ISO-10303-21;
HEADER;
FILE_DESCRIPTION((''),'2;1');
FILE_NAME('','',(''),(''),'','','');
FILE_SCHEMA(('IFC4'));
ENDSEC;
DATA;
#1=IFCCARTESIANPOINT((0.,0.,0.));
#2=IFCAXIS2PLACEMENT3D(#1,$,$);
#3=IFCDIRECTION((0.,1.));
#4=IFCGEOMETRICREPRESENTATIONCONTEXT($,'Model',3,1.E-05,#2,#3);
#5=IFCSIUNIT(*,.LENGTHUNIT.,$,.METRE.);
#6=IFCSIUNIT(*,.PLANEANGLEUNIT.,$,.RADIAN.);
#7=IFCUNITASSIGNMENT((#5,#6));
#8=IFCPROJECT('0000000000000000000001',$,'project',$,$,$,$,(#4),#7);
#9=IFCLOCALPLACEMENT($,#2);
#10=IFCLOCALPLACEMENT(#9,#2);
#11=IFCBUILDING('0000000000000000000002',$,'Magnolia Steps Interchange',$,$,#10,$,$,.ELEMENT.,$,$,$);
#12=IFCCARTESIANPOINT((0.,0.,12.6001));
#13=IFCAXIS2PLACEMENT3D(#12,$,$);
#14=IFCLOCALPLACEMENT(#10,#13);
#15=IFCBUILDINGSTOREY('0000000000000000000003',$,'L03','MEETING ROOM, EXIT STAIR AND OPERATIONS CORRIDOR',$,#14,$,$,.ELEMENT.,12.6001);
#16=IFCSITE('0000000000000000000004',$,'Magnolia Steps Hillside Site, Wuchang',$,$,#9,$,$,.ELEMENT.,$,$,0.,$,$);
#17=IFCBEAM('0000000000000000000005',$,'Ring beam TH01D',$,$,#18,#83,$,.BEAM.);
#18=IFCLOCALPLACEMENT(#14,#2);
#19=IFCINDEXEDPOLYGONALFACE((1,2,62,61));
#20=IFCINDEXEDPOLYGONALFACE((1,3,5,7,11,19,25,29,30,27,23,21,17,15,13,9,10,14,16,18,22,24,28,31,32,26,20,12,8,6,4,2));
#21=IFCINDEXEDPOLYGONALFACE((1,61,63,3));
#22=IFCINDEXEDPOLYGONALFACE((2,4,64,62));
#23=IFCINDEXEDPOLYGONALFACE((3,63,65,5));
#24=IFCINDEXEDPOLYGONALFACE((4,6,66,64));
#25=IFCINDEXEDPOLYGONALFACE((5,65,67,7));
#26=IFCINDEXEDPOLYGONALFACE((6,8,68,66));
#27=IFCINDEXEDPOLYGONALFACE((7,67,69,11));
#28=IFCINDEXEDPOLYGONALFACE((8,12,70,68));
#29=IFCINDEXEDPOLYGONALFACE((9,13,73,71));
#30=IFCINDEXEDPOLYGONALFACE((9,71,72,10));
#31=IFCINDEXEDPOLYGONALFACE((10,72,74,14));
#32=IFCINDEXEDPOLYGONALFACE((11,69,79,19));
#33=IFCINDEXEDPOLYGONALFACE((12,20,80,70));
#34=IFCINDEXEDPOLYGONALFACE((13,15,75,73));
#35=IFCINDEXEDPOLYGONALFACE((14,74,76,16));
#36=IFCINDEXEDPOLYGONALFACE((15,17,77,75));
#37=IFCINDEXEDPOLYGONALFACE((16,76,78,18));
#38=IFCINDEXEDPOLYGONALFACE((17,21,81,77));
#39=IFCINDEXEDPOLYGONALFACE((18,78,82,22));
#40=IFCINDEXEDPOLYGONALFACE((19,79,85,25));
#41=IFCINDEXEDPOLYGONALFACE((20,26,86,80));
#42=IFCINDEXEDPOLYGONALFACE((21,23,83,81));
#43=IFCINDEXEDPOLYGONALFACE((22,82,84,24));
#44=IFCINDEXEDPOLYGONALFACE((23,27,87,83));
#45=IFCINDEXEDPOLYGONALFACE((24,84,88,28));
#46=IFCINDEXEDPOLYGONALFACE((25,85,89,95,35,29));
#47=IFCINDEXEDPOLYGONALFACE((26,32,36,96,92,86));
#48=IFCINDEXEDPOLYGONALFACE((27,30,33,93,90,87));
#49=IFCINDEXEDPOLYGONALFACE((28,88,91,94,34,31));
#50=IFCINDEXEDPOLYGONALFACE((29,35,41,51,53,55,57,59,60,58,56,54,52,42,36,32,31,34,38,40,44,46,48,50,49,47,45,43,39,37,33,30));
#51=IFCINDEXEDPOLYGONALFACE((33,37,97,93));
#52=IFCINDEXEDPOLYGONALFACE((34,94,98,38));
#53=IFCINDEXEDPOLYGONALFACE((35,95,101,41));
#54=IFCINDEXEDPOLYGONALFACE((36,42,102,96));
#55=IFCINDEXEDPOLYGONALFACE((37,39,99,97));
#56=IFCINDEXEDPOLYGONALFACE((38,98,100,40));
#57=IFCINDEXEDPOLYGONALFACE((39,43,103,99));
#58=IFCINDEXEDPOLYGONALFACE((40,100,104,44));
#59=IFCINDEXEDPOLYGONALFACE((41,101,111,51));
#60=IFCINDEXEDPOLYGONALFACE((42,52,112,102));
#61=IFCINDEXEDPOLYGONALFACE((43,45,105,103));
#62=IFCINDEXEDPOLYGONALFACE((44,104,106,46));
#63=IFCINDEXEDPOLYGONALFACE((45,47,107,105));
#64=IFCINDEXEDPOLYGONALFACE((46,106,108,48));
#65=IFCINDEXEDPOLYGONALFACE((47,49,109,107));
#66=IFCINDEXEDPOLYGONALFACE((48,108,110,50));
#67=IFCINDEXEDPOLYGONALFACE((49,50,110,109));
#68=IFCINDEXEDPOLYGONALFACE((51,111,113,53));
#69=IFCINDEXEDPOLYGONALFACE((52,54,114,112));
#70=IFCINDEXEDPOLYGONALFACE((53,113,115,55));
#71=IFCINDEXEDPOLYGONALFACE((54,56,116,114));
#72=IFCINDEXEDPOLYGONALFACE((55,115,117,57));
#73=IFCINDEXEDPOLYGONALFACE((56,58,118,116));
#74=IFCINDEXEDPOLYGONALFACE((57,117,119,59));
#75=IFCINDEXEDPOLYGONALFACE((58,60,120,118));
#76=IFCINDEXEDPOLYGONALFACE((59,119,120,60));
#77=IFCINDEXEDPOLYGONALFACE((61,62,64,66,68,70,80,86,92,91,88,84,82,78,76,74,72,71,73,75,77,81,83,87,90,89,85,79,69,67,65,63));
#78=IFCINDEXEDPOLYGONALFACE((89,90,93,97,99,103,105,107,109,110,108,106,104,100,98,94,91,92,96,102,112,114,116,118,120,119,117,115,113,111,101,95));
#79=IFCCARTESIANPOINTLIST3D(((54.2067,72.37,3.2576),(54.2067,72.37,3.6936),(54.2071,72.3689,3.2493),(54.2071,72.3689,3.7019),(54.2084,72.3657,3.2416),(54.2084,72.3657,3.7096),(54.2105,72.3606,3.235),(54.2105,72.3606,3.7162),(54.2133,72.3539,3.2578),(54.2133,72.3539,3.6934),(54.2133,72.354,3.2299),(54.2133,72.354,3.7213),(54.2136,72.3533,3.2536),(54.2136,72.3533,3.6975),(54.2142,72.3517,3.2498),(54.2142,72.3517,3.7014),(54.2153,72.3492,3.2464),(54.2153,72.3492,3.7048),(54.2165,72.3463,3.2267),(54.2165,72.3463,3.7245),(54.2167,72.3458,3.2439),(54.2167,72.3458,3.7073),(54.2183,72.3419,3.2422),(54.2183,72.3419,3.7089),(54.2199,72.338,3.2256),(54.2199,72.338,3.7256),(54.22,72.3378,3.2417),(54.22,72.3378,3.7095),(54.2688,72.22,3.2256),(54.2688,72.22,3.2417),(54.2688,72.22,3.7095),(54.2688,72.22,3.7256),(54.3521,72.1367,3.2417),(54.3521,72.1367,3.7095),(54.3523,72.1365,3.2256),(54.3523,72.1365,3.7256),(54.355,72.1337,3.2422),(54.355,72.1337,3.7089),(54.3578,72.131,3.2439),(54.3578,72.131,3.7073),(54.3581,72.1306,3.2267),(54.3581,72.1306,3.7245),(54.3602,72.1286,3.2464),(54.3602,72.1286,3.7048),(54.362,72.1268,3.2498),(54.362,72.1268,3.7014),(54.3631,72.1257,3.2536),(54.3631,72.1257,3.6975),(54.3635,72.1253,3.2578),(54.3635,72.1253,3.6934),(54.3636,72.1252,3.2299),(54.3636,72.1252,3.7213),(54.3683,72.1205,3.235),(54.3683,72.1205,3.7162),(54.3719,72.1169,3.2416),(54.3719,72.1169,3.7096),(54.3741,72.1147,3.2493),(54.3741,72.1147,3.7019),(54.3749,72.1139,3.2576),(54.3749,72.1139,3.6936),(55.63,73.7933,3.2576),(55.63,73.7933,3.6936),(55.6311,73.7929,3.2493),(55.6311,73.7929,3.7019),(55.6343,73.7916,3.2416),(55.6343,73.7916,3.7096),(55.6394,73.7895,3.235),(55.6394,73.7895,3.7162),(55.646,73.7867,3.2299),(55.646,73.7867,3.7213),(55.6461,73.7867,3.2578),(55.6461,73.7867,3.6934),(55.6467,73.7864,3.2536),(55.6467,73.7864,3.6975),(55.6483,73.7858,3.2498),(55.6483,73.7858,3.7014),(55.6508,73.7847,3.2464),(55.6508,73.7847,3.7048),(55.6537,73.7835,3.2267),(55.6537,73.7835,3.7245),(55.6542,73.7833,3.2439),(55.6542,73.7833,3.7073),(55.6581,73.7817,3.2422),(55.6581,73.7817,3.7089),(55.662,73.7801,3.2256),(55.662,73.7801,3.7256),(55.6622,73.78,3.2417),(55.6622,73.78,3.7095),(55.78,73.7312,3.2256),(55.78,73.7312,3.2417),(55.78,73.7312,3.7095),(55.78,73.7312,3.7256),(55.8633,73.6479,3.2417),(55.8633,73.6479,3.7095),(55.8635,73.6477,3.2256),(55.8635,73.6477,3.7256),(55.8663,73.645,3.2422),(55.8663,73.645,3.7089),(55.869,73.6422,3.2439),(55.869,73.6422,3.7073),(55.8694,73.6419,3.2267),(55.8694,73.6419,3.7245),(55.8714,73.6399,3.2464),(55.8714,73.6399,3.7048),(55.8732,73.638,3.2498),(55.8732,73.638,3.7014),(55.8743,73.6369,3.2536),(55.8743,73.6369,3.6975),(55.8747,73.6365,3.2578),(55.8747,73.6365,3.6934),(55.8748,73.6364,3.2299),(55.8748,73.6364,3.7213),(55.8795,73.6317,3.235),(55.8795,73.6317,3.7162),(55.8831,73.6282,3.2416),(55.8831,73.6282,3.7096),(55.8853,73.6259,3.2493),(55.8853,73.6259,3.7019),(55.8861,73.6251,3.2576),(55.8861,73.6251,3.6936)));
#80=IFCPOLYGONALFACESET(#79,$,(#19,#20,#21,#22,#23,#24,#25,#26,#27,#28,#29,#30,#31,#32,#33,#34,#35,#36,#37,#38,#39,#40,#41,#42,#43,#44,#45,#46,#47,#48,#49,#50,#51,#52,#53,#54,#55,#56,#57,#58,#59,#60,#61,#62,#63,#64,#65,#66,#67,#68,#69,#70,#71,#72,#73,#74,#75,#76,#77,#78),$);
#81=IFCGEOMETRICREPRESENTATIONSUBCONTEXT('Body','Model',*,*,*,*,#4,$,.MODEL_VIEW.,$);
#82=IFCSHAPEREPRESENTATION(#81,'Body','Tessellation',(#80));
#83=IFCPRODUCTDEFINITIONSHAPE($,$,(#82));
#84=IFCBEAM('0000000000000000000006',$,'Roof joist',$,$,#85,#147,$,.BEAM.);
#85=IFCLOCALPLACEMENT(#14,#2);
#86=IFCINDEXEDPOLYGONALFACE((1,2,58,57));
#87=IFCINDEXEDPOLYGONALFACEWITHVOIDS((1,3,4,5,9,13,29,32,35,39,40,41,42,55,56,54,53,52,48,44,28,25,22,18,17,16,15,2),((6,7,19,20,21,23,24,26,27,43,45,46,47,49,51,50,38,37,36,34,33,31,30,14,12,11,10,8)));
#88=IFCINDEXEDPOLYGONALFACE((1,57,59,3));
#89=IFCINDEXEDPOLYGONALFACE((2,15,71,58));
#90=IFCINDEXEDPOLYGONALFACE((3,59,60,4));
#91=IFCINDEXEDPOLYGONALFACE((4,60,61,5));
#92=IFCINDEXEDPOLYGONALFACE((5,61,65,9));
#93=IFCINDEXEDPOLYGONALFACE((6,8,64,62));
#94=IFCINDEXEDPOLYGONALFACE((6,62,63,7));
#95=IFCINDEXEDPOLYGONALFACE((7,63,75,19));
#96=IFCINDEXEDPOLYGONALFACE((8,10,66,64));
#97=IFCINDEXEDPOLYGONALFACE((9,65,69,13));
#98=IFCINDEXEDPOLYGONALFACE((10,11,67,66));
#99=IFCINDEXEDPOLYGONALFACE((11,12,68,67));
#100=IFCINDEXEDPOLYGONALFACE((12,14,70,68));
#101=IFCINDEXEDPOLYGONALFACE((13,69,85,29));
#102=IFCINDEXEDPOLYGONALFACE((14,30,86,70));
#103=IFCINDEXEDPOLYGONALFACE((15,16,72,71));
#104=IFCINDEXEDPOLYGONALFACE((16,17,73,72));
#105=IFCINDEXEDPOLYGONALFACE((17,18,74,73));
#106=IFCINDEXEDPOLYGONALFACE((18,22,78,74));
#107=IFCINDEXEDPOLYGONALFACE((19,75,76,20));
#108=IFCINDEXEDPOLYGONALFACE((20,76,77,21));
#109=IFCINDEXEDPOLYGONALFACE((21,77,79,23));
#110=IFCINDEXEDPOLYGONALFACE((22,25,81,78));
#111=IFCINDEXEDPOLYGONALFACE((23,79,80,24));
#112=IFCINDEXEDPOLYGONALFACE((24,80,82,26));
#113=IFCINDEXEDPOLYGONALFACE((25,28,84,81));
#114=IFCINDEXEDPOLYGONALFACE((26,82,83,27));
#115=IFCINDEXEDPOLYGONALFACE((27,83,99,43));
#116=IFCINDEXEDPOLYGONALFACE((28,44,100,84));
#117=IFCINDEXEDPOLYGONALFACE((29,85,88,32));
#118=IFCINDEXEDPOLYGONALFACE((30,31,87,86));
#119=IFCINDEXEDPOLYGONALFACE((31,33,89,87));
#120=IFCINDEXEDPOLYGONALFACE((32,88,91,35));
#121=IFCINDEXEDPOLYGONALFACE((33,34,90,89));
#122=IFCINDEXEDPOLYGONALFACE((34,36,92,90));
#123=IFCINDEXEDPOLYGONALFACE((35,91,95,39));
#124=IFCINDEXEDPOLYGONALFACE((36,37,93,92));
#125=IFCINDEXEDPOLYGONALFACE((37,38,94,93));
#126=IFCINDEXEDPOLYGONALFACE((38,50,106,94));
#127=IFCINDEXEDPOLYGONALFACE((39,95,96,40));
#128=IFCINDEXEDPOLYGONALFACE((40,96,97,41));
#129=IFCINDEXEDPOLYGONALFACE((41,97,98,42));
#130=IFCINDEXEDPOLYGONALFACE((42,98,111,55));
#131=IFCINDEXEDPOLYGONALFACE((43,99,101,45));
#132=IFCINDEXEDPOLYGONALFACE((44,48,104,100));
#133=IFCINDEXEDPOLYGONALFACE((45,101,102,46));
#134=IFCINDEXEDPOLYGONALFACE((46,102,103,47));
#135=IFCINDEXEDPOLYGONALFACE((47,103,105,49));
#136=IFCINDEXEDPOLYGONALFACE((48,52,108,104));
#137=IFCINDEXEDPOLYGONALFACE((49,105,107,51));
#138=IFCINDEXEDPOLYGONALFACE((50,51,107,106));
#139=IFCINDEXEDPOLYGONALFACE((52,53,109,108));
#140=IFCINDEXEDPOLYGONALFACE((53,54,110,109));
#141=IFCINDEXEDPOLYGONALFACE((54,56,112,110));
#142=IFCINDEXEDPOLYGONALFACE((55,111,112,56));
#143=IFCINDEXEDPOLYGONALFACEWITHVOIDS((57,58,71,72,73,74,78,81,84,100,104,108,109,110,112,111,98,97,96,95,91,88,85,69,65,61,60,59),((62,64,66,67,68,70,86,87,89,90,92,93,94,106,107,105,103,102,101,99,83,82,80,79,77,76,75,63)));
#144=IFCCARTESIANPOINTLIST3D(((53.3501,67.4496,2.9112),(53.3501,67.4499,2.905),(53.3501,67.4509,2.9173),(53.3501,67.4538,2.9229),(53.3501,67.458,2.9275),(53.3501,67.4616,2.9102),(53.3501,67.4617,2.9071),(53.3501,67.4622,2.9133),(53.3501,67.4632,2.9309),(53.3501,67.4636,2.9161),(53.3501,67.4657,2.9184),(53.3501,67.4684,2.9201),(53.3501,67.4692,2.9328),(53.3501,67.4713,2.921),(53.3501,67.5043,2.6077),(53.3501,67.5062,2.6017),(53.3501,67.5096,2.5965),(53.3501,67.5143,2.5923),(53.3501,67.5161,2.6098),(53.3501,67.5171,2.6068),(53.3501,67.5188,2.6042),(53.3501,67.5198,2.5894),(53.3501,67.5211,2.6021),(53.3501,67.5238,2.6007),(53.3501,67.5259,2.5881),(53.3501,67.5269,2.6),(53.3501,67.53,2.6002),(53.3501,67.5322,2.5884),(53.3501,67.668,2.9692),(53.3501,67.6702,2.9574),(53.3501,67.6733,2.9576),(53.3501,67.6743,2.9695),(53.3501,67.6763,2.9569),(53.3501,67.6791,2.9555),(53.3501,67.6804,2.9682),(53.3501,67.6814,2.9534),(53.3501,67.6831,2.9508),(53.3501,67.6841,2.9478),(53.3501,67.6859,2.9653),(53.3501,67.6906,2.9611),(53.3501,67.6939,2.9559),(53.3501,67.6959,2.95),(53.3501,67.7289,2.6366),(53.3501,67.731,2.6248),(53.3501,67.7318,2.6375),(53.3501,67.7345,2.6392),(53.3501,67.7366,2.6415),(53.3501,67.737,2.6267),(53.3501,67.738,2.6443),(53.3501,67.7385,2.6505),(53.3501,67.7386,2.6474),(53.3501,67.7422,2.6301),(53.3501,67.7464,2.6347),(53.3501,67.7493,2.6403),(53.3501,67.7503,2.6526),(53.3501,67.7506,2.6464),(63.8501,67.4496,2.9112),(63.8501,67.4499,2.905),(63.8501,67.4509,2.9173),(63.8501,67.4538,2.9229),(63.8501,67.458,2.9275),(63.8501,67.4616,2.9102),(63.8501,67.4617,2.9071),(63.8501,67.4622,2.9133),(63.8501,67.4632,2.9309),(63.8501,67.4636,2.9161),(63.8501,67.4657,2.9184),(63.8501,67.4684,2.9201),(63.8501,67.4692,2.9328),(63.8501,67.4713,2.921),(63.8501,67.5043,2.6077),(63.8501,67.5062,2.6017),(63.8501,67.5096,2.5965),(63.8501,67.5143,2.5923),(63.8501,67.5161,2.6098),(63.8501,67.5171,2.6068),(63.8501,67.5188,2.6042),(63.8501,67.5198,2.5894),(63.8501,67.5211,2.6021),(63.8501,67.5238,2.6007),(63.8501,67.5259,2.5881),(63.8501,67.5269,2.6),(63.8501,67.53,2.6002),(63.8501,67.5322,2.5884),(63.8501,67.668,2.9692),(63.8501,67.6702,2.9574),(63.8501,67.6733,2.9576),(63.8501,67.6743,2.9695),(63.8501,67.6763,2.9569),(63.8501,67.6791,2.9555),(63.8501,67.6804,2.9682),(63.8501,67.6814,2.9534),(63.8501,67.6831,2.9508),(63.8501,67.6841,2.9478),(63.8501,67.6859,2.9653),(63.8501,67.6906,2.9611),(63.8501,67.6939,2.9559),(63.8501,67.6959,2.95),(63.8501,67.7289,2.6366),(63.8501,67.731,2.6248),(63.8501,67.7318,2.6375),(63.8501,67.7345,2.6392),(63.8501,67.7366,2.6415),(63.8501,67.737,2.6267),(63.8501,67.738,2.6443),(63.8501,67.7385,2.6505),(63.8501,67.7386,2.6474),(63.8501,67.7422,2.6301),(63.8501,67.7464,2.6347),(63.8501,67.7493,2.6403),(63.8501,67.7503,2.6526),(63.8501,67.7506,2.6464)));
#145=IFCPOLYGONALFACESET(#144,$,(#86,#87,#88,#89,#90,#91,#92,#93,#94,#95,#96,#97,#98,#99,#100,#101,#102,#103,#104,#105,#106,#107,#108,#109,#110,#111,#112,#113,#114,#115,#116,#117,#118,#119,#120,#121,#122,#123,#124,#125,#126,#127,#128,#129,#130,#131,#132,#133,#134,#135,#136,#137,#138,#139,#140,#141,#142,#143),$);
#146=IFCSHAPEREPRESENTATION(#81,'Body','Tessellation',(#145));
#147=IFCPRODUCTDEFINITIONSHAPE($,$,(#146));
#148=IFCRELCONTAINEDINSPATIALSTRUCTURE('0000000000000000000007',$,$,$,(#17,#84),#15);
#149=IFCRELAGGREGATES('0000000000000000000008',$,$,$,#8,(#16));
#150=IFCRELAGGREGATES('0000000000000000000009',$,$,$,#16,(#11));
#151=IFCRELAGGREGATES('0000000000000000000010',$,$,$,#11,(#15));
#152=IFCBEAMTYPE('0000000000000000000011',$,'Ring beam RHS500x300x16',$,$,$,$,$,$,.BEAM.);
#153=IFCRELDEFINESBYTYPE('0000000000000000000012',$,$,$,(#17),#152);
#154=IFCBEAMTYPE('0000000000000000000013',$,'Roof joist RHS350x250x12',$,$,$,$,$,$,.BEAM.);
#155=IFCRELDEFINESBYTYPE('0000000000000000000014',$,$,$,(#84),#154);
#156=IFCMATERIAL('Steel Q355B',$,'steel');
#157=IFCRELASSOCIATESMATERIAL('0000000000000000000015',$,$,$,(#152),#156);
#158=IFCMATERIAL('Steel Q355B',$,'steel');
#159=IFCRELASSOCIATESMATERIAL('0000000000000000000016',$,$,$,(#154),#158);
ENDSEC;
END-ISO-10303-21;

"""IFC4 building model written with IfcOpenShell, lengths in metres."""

from ifc_helpers import new_model, si_unit, direction, frame, origin, origin_2d, place, context, subcontext, project, spatial, hollow_rectangle, extrude, clip, halfspace, material, material_profile, profile_set, type_object, element, save


model = new_model("IFC4")

# Units and contexts
model_context = context("Model", 3, precision=1e-05, world=origin(), true_north=direction((0.0, 1.0)))
body_context = subcontext(model_context, "Body", "Model", "MODEL_VIEW")
ifc_project = project(units=[si_unit("LENGTHUNIT", "METRE"), si_unit("PLANEANGLEUNIT", "RADIAN")], contexts=[model_context])

# Site, building, storey
site_placement = place(None, origin())
site = spatial("IfcSite", under=ifc_project, at=site_placement, Name="Magnolia Steps Hillside Site, Wuchang", CompositionType="ELEMENT", RefElevation=0.0)
building_placement = place(site_placement, origin())
building = spatial("IfcBuilding", under=site, at=building_placement, Name="Magnolia Steps Interchange", CompositionType="ELEMENT")
storey_placement = place(building_placement, frame((0.0, 0.0, 12.6001)))
storey = spatial("IfcBuildingStorey", under=building, at=storey_placement, Name="L03", Description="MEETING ROOM, EXIT STAIR AND OPERATIONS CORRIDOR", CompositionType="ELEMENT", Elevation=12.6001)

# Beams
ifc_material_1 = material(Name="Steel Q355B", Category="steel")
ifc_material_profile_1 = material_profile(ifc_material_1, hollow_rectangle(XDim=0.3, YDim=0.5, WallThickness=0.0161, InnerFilletRadius=0.0161, OuterFilletRadius=0.032, at=origin_2d()), Name="RHS500x300x16")
ifc_profile_set_1 = profile_set([ifc_material_profile_1], Name="Steel Q355B")
beam_type_1 = type_object("IfcBeamType", Name="Ring beam RHS500x300x16", PredefinedType="BEAM", material=ifc_profile_set_1)
beam_1_placement = place(storey_placement, frame((54.2688, 72.22, 3.4756), z_axis=(0.707107, 0.707107, 0.0), x_axis=(-0.707107, 0.707107, 0.0)))
element("IfcBeam", 1, at=beam_1_placement, inside=storey, type_object=beam_type_1, Name="Ring beam TH01D", PredefinedType="BEAM", context=body_context, shape_type="Clipping", body=[
    clip(clip(extrude(hollow_rectangle(XDim=0.3, YDim=0.5, WallThickness=0.0161, InnerFilletRadius=0.0161, OuterFilletRadius=0.032, at=origin_2d()), origin(), (0.0, 0.0, 1.0), 2.1372), halfspace(frame((0.0, 0.0, 0.0), z_axis=(0.382683, 0.0, -0.92388), x_axis=(0.92388, 0.0, 0.382683)), False)), halfspace(frame((0.0, 0.0, 2.1372), z_axis=(0.382683, 0.0, 0.92388), x_axis=(0.92388, 0.0, -0.382683)), False)),
])
ifc_material_2 = material(Name="Steel Q355B", Category="steel")
ifc_material_profile_2 = material_profile(ifc_material_2, hollow_rectangle(XDim=0.25, YDim=0.3501, WallThickness=0.012, InnerFilletRadius=0.012, OuterFilletRadius=0.0239, at=origin_2d()), Name="RHS350x250x12")
ifc_profile_set_2 = profile_set([ifc_material_profile_2], Name="Steel Q355B")
beam_type_2 = type_object("IfcBeamType", Name="Roof joist RHS350x250x12", PredefinedType="BEAM", material=ifc_profile_set_2)
for number, where, z_axis, x_axis, name in (
    (2, (53.3501, 67.6001, 2.7788), (1.0, 0.0, 0.0), (0.0, 0.983677, 0.179941), "Roof joist"),
):
    element("IfcBeam", number, at=place(storey_placement, frame(where, z_axis=z_axis, x_axis=x_axis)), inside=storey, type_object=beam_type_2, Name=name, PredefinedType="BEAM", context=body_context, shape_type="SweptSolid", body=[
        extrude(hollow_rectangle(XDim=0.25, YDim=0.3501, WallThickness=0.012, InnerFilletRadius=0.012, OuterFilletRadius=0.0239, at=origin_2d()), origin(), (0.0, 0.0, 1.0), 10.5),
    ])

save(model, "model.ifc")
